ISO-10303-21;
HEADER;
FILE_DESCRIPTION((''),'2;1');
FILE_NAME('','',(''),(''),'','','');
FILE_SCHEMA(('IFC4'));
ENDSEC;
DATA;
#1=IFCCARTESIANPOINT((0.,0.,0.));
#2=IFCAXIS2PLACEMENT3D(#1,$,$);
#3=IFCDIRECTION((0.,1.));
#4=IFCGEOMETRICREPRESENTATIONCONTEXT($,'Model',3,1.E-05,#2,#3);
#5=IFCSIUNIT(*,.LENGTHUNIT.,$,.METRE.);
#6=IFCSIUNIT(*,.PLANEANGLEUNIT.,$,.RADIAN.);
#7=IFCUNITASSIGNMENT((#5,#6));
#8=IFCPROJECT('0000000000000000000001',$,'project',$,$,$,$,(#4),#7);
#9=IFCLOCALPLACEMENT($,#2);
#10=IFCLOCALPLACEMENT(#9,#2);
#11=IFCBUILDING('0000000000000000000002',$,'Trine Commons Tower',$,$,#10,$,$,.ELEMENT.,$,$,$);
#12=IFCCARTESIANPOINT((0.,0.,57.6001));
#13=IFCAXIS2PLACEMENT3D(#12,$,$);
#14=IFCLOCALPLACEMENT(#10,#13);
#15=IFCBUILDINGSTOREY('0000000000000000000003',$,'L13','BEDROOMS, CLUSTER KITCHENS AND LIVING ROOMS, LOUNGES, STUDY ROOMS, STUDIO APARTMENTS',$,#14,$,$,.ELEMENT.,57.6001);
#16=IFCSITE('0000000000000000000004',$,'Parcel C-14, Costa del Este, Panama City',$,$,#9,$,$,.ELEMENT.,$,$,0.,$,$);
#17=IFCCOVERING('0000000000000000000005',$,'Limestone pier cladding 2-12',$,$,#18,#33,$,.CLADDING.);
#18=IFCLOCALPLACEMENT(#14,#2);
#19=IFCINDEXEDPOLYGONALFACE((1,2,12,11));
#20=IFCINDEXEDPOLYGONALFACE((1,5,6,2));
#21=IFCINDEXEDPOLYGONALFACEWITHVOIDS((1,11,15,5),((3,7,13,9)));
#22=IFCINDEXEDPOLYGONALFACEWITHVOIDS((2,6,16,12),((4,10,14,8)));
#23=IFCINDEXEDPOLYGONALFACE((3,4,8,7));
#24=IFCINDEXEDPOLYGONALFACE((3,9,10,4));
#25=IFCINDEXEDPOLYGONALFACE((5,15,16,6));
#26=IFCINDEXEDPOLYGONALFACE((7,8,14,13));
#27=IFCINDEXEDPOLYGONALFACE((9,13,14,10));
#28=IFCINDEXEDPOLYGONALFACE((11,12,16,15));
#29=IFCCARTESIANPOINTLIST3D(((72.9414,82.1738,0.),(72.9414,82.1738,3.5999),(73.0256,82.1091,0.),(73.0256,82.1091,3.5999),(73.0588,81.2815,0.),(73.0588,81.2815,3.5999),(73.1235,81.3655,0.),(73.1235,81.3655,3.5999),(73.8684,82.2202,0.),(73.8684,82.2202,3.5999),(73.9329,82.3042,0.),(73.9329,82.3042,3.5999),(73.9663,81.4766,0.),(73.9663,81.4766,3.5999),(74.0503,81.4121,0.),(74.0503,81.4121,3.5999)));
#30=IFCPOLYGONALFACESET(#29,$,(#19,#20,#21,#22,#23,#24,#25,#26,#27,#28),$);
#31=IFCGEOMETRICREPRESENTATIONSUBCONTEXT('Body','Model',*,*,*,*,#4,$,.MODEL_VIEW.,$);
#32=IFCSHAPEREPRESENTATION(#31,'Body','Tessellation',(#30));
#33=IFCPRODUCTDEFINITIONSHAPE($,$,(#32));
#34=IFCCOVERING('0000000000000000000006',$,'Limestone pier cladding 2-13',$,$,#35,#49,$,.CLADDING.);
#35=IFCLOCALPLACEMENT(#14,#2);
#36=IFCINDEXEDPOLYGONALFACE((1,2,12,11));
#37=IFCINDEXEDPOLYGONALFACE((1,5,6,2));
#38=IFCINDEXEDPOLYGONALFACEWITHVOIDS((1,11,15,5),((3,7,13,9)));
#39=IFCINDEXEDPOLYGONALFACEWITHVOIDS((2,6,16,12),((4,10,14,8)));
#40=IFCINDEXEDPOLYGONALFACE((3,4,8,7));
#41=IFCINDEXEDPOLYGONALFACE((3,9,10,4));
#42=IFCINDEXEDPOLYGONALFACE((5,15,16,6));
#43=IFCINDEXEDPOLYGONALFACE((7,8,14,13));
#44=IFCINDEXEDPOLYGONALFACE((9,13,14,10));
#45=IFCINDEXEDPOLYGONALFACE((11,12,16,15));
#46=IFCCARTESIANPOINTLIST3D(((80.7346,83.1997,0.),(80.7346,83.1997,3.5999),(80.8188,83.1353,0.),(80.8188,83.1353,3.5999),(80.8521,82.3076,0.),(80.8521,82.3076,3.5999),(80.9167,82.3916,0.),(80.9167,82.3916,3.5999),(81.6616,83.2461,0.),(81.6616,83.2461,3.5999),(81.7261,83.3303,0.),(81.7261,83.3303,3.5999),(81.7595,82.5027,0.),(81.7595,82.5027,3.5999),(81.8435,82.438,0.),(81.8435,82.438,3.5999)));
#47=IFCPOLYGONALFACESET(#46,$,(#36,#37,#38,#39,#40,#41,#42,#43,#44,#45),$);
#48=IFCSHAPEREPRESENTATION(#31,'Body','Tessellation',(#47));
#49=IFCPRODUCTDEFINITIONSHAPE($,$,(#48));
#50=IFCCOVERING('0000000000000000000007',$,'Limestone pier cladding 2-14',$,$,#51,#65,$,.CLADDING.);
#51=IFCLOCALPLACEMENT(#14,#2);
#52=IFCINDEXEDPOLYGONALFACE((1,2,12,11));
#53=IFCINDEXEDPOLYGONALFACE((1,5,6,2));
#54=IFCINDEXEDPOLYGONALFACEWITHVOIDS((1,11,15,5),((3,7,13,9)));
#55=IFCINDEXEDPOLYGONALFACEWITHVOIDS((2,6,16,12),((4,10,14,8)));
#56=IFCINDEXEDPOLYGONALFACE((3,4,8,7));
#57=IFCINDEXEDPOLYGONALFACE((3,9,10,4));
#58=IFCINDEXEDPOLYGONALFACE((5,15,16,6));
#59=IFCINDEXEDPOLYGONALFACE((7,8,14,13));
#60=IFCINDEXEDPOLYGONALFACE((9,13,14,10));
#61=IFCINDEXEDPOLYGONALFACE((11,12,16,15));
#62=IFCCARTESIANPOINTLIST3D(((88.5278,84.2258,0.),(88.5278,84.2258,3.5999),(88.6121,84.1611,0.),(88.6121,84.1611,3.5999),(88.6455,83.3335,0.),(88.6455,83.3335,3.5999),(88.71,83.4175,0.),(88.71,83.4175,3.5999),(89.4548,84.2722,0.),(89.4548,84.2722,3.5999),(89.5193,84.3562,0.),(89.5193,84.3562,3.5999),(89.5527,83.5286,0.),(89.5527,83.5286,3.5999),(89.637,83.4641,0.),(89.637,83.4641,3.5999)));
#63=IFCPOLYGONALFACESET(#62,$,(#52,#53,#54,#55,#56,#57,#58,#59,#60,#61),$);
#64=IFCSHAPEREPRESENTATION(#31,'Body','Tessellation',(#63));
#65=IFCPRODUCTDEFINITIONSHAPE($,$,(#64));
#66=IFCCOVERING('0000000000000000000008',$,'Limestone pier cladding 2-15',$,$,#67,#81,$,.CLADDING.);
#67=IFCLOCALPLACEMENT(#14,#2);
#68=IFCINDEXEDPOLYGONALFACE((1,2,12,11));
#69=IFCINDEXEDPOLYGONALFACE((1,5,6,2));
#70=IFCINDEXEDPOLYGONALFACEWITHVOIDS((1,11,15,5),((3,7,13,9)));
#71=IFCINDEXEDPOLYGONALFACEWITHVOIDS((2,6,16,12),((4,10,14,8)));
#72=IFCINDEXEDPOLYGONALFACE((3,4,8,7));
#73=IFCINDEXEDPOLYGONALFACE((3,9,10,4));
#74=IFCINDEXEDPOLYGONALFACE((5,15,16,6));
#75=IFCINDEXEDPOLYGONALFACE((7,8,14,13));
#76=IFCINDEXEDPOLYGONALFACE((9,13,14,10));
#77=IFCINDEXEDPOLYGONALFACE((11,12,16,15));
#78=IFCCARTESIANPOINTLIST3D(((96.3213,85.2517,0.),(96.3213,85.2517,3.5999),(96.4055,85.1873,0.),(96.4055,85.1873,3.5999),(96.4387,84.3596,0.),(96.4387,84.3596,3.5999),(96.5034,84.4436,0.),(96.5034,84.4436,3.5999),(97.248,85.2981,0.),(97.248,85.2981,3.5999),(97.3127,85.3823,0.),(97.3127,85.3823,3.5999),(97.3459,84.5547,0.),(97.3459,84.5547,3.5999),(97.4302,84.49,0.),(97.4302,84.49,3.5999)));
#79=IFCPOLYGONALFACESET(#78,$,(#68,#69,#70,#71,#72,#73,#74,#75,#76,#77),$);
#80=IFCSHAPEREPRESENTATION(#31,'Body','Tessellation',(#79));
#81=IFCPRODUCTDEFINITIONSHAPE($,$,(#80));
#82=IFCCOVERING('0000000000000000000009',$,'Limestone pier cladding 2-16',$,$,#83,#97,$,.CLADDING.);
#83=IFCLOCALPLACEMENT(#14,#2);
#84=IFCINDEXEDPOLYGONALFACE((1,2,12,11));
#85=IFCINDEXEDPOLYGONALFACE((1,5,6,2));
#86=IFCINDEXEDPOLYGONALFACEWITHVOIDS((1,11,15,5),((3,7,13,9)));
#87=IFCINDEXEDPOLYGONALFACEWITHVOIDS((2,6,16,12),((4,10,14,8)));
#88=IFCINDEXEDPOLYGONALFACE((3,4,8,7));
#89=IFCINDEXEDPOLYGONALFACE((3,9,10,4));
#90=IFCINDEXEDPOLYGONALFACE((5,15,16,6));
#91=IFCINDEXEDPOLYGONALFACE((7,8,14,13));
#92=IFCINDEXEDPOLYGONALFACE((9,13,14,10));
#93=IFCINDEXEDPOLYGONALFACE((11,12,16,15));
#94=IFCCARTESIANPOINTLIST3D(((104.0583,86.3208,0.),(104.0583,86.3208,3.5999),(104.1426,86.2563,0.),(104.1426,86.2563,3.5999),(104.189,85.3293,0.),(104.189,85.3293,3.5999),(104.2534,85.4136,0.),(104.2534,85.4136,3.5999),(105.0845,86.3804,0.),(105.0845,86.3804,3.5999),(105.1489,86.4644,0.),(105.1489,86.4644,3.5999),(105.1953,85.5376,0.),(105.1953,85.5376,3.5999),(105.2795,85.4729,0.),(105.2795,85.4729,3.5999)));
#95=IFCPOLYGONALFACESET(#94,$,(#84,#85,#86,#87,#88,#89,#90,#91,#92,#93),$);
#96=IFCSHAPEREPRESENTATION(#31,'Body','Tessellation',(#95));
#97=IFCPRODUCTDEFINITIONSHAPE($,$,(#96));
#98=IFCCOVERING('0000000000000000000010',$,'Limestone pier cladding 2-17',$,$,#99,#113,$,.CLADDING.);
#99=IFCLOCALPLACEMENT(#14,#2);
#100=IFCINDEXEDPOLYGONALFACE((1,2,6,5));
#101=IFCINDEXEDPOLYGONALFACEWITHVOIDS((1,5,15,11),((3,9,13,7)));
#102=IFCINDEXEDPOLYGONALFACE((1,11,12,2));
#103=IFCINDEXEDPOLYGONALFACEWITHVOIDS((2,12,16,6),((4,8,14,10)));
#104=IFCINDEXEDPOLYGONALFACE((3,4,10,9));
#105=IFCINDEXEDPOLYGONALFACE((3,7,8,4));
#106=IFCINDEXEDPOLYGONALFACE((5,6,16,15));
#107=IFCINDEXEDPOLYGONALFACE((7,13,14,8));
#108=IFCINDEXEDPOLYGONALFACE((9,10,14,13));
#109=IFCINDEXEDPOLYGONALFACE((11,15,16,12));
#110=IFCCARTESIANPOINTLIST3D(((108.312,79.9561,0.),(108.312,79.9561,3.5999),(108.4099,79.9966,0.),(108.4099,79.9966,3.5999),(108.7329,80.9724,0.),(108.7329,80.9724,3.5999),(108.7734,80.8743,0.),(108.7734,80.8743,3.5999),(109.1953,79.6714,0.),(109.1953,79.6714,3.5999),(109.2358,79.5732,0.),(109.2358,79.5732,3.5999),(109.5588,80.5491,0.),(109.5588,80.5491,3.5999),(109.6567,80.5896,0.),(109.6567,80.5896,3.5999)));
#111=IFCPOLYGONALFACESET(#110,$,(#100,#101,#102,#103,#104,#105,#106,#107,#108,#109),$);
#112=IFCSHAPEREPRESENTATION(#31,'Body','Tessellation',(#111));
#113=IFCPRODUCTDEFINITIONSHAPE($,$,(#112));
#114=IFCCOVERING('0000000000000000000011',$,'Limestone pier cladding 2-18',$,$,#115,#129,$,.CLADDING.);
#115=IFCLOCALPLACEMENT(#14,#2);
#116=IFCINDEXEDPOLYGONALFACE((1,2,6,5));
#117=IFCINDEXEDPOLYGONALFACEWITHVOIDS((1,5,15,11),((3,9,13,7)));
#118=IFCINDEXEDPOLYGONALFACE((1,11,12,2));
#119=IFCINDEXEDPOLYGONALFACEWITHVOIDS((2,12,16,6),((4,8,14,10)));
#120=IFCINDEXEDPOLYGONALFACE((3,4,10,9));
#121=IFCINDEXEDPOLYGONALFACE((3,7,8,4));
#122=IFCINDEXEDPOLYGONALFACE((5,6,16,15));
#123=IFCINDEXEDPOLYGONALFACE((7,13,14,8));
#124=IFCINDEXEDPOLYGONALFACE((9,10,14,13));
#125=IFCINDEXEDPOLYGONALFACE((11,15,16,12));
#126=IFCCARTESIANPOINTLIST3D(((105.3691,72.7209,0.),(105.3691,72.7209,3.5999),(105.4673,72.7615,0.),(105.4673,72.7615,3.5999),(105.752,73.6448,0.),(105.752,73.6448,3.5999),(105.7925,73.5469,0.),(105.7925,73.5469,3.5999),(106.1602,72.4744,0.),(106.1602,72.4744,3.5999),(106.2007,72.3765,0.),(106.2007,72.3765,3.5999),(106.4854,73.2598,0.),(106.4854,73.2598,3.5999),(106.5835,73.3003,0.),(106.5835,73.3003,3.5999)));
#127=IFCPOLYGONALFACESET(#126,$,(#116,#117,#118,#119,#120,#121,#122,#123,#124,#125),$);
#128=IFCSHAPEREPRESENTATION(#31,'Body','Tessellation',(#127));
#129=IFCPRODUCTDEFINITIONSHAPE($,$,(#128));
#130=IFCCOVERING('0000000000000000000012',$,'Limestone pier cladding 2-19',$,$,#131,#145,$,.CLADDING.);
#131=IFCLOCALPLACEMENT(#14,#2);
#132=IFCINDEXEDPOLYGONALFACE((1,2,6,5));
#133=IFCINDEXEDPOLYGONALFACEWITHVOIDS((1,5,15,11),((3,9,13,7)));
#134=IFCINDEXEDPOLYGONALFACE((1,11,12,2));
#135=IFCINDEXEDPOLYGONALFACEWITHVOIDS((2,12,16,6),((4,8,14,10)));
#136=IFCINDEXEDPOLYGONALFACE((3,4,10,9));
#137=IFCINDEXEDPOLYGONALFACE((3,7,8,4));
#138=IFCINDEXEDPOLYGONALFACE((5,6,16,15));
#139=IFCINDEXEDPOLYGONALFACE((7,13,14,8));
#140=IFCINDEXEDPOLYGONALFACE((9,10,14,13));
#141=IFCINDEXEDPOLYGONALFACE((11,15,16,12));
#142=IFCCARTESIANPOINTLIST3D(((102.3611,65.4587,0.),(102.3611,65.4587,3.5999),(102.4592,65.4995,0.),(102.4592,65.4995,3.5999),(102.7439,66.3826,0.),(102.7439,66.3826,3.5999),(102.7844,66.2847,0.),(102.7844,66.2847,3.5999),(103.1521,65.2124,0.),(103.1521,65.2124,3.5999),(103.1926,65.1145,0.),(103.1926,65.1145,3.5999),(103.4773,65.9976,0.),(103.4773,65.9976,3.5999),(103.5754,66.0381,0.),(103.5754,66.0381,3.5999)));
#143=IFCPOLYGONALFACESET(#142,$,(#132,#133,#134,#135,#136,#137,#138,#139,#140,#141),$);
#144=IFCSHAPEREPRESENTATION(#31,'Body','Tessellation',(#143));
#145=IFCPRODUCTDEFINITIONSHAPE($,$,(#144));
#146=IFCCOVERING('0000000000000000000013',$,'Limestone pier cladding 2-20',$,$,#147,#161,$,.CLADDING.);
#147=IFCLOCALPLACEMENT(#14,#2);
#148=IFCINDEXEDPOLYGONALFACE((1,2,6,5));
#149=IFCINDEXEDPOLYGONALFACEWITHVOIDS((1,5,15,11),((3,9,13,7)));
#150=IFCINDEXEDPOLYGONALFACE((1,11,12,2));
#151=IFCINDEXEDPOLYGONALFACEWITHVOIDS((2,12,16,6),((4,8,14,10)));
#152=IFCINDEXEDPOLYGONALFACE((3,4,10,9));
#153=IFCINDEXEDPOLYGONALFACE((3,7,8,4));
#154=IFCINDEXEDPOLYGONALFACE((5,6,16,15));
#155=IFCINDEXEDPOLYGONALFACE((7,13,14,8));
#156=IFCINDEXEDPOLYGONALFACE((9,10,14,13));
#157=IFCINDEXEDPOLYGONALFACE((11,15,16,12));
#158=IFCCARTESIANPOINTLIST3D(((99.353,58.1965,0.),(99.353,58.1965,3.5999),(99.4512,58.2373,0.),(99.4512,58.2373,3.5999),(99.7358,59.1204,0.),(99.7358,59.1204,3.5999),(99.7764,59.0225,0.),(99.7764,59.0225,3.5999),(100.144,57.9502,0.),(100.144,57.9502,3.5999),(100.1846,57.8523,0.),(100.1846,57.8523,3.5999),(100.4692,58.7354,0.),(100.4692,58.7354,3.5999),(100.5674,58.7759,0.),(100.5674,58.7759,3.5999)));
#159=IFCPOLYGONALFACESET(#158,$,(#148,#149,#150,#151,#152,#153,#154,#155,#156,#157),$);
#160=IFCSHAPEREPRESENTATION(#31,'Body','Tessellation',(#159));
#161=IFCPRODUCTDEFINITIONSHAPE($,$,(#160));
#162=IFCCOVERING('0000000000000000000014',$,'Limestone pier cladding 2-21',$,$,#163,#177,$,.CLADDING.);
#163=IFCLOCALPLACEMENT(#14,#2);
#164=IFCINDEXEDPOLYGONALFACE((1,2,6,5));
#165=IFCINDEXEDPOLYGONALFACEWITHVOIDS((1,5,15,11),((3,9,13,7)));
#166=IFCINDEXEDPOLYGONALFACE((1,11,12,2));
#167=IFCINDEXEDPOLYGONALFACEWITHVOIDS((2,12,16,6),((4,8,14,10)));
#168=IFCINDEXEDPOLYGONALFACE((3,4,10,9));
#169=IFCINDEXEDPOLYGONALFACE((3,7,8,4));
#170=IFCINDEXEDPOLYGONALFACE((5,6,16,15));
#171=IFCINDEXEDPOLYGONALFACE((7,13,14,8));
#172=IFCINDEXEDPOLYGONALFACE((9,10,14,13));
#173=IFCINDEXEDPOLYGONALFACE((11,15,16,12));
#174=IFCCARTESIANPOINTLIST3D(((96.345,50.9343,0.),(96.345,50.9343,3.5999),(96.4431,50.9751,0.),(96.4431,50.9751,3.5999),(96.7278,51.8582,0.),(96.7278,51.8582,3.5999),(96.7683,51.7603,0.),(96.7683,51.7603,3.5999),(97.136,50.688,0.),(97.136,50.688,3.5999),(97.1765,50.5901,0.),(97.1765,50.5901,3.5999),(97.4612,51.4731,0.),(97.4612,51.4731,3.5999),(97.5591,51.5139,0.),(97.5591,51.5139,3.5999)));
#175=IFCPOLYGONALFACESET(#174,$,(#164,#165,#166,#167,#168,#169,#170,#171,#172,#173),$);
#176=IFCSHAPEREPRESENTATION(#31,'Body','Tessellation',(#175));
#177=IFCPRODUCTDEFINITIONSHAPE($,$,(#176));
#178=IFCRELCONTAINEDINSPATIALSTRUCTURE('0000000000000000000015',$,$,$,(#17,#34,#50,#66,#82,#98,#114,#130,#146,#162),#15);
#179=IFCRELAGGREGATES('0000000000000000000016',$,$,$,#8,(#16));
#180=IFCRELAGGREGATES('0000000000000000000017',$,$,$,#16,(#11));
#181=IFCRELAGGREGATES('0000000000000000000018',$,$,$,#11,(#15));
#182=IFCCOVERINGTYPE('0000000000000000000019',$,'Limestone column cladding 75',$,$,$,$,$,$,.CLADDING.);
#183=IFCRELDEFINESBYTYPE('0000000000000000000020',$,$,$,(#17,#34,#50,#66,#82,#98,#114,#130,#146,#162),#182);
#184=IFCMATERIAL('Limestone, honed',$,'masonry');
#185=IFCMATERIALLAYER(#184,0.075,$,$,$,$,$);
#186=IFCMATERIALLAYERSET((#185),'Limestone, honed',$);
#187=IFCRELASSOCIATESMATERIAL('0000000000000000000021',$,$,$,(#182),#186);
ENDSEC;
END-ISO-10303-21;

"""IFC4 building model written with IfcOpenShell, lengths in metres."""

from ifc_helpers import new_model, si_unit, direction, frame, origin, place, context, subcontext, project, spatial, polyline, outline, extrude, material, layer, layer_set, type_object, element, save


model = new_model("IFC4")

# Units and contexts
model_context = context("Model", 3, precision=1e-05, world=origin(), true_north=direction((0.0, 1.0)))
body_context = subcontext(model_context, "Body", "Model", "MODEL_VIEW")
ifc_project = project(units=[si_unit("LENGTHUNIT", "METRE"), si_unit("PLANEANGLEUNIT", "RADIAN")], contexts=[model_context])

# Site, building, storey
site_placement = place(None, origin())
site = spatial("IfcSite", under=ifc_project, at=site_placement, Name="Parcel C-14, Costa del Este, Panama City", CompositionType="ELEMENT", RefElevation=0.0)
building_placement = place(site_placement, origin())
building = spatial("IfcBuilding", under=site, at=building_placement, Name="Trine Commons Tower", CompositionType="ELEMENT")
storey_placement = place(building_placement, frame((0.0, 0.0, 57.6001)))
storey = spatial("IfcBuildingStorey", under=building, at=storey_placement, Name="L13", Description="BEDROOMS, CLUSTER KITCHENS AND LIVING ROOMS, LOUNGES, STUDY ROOMS, STUDIO APARTMENTS", CompositionType="ELEMENT", Elevation=57.6001)

# Coverings
ifc_material_1 = material(Name="Limestone, honed", Category="masonry")
ifc_layer_1 = layer(ifc_material_1, 0.075)
ifc_layer_set_1 = layer_set([ifc_layer_1], Name="Limestone, honed")
covering_type_1 = type_object("IfcCoveringType", Name="Limestone column cladding 75", PredefinedType="CLADDING", material=ifc_layer_set_1)
covering_1_placement = place(storey_placement, origin())
element("IfcCovering", 1, at=covering_1_placement, inside=storey, type_object=covering_type_1, Name="Limestone pier cladding 2-12", PredefinedType="CLADDING", context=body_context, shape_type="SweptSolid", body=[
    extrude(outline(polyline([(74.0503, 81.4121), (73.9329, 82.3042), (72.9414, 82.1738), (73.0588, 81.2815), (74.0503, 81.4121)]), holes=[polyline([(73.9663, 81.4766), (73.8684, 82.2202), (73.0256, 82.1091), (73.1235, 81.3655), (73.9663, 81.4766)])]), origin(), (0.0, 0.0, 1.0), 3.5999),
])
covering_2_placement = place(storey_placement, origin())
element("IfcCovering", 2, at=covering_2_placement, inside=storey, type_object=covering_type_1, Name="Limestone pier cladding 2-13", PredefinedType="CLADDING", context=body_context, shape_type="SweptSolid", body=[
    extrude(outline(polyline([(81.8435, 82.438), (81.7261, 83.3303), (80.7346, 83.1997), (80.8521, 82.3076), (81.8435, 82.438)]), holes=[polyline([(81.7595, 82.5027), (81.6616, 83.2461), (80.8188, 83.1353), (80.9167, 82.3916), (81.7595, 82.5027)])]), origin(), (0.0, 0.0, 1.0), 3.5999),
])
covering_3_placement = place(storey_placement, origin())
element("IfcCovering", 3, at=covering_3_placement, inside=storey, type_object=covering_type_1, Name="Limestone pier cladding 2-14", PredefinedType="CLADDING", context=body_context, shape_type="SweptSolid", body=[
    extrude(outline(polyline([(89.637, 83.4641), (89.5193, 84.3562), (88.5278, 84.2258), (88.6455, 83.3335), (89.637, 83.4641)]), holes=[polyline([(89.5527, 83.5286), (89.4548, 84.2722), (88.6121, 84.1611), (88.71, 83.4175), (89.5527, 83.5286)])]), origin(), (0.0, 0.0, 1.0), 3.5999),
])
covering_4_placement = place(storey_placement, origin())
element("IfcCovering", 4, at=covering_4_placement, inside=storey, type_object=covering_type_1, Name="Limestone pier cladding 2-15", PredefinedType="CLADDING", context=body_context, shape_type="SweptSolid", body=[
    extrude(outline(polyline([(97.4302, 84.49), (97.3127, 85.3823), (96.3213, 85.2517), (96.4387, 84.3596), (97.4302, 84.49)]), holes=[polyline([(97.3459, 84.5547), (97.248, 85.2981), (96.4055, 85.1873), (96.5034, 84.4436), (97.3459, 84.5547)])]), origin(), (0.0, 0.0, 1.0), 3.5999),
])
covering_5_placement = place(storey_placement, origin())
element("IfcCovering", 5, at=covering_5_placement, inside=storey, type_object=covering_type_1, Name="Limestone pier cladding 2-16", PredefinedType="CLADDING", context=body_context, shape_type="SweptSolid", body=[
    extrude(outline(polyline([(105.2795, 85.4729), (105.1489, 86.4644), (104.0583, 86.3208), (104.189, 85.3293), (105.2795, 85.4729)]), holes=[polyline([(105.1953, 85.5376), (105.0845, 86.3804), (104.1426, 86.2563), (104.2534, 85.4136), (105.1953, 85.5376)])]), origin(), (0.0, 0.0, 1.0), 3.5999),
])
covering_6_placement = place(storey_placement, origin())
element("IfcCovering", 6, at=covering_6_placement, inside=storey, type_object=covering_type_1, Name="Limestone pier cladding 2-17", PredefinedType="CLADDING", context=body_context, shape_type="SweptSolid", body=[
    extrude(outline(polyline([(109.6567, 80.5896), (108.7329, 80.9724), (108.312, 79.9561), (109.2358, 79.5732), (109.6567, 80.5896)]), holes=[polyline([(109.5588, 80.5491), (108.7734, 80.8743), (108.4099, 79.9966), (109.1953, 79.6714), (109.5588, 80.5491)])]), origin(), (0.0, 0.0, 1.0), 3.5999),
])
covering_7_placement = place(storey_placement, origin())
element("IfcCovering", 7, at=covering_7_placement, inside=storey, type_object=covering_type_1, Name="Limestone pier cladding 2-18", PredefinedType="CLADDING", context=body_context, shape_type="SweptSolid", body=[
    extrude(outline(polyline([(106.5835, 73.3003), (105.752, 73.6448), (105.3691, 72.7209), (106.2007, 72.3765), (106.5835, 73.3003)]), holes=[polyline([(106.4854, 73.2598), (105.7925, 73.5469), (105.4673, 72.7615), (106.1602, 72.4744), (106.4854, 73.2598)])]), origin(), (0.0, 0.0, 1.0), 3.5999),
])
covering_8_placement = place(storey_placement, origin())
element("IfcCovering", 8, at=covering_8_placement, inside=storey, type_object=covering_type_1, Name="Limestone pier cladding 2-19", PredefinedType="CLADDING", context=body_context, shape_type="SweptSolid", body=[
    extrude(outline(polyline([(103.5754, 66.0381), (102.7439, 66.3826), (102.3611, 65.4587), (103.1926, 65.1145), (103.5754, 66.0381)]), holes=[polyline([(103.4773, 65.9976), (102.7844, 66.2847), (102.4592, 65.4995), (103.1521, 65.2124), (103.4773, 65.9976)])]), origin(), (0.0, 0.0, 1.0), 3.5999),
])
covering_9_placement = place(storey_placement, origin())
element("IfcCovering", 9, at=covering_9_placement, inside=storey, type_object=covering_type_1, Name="Limestone pier cladding 2-20", PredefinedType="CLADDING", context=body_context, shape_type="SweptSolid", body=[
    extrude(outline(polyline([(100.5674, 58.7759), (99.7358, 59.1204), (99.353, 58.1965), (100.1846, 57.8523), (100.5674, 58.7759)]), holes=[polyline([(100.4692, 58.7354), (99.7764, 59.0225), (99.4512, 58.2373), (100.144, 57.9502), (100.4692, 58.7354)])]), origin(), (0.0, 0.0, 1.0), 3.5999),
])
covering_10_placement = place(storey_placement, origin())
element("IfcCovering", 10, at=covering_10_placement, inside=storey, type_object=covering_type_1, Name="Limestone pier cladding 2-21", PredefinedType="CLADDING", context=body_context, shape_type="SweptSolid", body=[
    extrude(outline(polyline([(97.5591, 51.5139), (96.7278, 51.8582), (96.345, 50.9343), (97.1765, 50.5901), (97.5591, 51.5139)]), holes=[polyline([(97.4612, 51.4731), (96.7683, 51.7603), (96.4431, 50.9751), (97.136, 50.688), (97.4612, 51.4731)])]), origin(), (0.0, 0.0, 1.0), 3.5999),
])

save(model, "model.ifc")
